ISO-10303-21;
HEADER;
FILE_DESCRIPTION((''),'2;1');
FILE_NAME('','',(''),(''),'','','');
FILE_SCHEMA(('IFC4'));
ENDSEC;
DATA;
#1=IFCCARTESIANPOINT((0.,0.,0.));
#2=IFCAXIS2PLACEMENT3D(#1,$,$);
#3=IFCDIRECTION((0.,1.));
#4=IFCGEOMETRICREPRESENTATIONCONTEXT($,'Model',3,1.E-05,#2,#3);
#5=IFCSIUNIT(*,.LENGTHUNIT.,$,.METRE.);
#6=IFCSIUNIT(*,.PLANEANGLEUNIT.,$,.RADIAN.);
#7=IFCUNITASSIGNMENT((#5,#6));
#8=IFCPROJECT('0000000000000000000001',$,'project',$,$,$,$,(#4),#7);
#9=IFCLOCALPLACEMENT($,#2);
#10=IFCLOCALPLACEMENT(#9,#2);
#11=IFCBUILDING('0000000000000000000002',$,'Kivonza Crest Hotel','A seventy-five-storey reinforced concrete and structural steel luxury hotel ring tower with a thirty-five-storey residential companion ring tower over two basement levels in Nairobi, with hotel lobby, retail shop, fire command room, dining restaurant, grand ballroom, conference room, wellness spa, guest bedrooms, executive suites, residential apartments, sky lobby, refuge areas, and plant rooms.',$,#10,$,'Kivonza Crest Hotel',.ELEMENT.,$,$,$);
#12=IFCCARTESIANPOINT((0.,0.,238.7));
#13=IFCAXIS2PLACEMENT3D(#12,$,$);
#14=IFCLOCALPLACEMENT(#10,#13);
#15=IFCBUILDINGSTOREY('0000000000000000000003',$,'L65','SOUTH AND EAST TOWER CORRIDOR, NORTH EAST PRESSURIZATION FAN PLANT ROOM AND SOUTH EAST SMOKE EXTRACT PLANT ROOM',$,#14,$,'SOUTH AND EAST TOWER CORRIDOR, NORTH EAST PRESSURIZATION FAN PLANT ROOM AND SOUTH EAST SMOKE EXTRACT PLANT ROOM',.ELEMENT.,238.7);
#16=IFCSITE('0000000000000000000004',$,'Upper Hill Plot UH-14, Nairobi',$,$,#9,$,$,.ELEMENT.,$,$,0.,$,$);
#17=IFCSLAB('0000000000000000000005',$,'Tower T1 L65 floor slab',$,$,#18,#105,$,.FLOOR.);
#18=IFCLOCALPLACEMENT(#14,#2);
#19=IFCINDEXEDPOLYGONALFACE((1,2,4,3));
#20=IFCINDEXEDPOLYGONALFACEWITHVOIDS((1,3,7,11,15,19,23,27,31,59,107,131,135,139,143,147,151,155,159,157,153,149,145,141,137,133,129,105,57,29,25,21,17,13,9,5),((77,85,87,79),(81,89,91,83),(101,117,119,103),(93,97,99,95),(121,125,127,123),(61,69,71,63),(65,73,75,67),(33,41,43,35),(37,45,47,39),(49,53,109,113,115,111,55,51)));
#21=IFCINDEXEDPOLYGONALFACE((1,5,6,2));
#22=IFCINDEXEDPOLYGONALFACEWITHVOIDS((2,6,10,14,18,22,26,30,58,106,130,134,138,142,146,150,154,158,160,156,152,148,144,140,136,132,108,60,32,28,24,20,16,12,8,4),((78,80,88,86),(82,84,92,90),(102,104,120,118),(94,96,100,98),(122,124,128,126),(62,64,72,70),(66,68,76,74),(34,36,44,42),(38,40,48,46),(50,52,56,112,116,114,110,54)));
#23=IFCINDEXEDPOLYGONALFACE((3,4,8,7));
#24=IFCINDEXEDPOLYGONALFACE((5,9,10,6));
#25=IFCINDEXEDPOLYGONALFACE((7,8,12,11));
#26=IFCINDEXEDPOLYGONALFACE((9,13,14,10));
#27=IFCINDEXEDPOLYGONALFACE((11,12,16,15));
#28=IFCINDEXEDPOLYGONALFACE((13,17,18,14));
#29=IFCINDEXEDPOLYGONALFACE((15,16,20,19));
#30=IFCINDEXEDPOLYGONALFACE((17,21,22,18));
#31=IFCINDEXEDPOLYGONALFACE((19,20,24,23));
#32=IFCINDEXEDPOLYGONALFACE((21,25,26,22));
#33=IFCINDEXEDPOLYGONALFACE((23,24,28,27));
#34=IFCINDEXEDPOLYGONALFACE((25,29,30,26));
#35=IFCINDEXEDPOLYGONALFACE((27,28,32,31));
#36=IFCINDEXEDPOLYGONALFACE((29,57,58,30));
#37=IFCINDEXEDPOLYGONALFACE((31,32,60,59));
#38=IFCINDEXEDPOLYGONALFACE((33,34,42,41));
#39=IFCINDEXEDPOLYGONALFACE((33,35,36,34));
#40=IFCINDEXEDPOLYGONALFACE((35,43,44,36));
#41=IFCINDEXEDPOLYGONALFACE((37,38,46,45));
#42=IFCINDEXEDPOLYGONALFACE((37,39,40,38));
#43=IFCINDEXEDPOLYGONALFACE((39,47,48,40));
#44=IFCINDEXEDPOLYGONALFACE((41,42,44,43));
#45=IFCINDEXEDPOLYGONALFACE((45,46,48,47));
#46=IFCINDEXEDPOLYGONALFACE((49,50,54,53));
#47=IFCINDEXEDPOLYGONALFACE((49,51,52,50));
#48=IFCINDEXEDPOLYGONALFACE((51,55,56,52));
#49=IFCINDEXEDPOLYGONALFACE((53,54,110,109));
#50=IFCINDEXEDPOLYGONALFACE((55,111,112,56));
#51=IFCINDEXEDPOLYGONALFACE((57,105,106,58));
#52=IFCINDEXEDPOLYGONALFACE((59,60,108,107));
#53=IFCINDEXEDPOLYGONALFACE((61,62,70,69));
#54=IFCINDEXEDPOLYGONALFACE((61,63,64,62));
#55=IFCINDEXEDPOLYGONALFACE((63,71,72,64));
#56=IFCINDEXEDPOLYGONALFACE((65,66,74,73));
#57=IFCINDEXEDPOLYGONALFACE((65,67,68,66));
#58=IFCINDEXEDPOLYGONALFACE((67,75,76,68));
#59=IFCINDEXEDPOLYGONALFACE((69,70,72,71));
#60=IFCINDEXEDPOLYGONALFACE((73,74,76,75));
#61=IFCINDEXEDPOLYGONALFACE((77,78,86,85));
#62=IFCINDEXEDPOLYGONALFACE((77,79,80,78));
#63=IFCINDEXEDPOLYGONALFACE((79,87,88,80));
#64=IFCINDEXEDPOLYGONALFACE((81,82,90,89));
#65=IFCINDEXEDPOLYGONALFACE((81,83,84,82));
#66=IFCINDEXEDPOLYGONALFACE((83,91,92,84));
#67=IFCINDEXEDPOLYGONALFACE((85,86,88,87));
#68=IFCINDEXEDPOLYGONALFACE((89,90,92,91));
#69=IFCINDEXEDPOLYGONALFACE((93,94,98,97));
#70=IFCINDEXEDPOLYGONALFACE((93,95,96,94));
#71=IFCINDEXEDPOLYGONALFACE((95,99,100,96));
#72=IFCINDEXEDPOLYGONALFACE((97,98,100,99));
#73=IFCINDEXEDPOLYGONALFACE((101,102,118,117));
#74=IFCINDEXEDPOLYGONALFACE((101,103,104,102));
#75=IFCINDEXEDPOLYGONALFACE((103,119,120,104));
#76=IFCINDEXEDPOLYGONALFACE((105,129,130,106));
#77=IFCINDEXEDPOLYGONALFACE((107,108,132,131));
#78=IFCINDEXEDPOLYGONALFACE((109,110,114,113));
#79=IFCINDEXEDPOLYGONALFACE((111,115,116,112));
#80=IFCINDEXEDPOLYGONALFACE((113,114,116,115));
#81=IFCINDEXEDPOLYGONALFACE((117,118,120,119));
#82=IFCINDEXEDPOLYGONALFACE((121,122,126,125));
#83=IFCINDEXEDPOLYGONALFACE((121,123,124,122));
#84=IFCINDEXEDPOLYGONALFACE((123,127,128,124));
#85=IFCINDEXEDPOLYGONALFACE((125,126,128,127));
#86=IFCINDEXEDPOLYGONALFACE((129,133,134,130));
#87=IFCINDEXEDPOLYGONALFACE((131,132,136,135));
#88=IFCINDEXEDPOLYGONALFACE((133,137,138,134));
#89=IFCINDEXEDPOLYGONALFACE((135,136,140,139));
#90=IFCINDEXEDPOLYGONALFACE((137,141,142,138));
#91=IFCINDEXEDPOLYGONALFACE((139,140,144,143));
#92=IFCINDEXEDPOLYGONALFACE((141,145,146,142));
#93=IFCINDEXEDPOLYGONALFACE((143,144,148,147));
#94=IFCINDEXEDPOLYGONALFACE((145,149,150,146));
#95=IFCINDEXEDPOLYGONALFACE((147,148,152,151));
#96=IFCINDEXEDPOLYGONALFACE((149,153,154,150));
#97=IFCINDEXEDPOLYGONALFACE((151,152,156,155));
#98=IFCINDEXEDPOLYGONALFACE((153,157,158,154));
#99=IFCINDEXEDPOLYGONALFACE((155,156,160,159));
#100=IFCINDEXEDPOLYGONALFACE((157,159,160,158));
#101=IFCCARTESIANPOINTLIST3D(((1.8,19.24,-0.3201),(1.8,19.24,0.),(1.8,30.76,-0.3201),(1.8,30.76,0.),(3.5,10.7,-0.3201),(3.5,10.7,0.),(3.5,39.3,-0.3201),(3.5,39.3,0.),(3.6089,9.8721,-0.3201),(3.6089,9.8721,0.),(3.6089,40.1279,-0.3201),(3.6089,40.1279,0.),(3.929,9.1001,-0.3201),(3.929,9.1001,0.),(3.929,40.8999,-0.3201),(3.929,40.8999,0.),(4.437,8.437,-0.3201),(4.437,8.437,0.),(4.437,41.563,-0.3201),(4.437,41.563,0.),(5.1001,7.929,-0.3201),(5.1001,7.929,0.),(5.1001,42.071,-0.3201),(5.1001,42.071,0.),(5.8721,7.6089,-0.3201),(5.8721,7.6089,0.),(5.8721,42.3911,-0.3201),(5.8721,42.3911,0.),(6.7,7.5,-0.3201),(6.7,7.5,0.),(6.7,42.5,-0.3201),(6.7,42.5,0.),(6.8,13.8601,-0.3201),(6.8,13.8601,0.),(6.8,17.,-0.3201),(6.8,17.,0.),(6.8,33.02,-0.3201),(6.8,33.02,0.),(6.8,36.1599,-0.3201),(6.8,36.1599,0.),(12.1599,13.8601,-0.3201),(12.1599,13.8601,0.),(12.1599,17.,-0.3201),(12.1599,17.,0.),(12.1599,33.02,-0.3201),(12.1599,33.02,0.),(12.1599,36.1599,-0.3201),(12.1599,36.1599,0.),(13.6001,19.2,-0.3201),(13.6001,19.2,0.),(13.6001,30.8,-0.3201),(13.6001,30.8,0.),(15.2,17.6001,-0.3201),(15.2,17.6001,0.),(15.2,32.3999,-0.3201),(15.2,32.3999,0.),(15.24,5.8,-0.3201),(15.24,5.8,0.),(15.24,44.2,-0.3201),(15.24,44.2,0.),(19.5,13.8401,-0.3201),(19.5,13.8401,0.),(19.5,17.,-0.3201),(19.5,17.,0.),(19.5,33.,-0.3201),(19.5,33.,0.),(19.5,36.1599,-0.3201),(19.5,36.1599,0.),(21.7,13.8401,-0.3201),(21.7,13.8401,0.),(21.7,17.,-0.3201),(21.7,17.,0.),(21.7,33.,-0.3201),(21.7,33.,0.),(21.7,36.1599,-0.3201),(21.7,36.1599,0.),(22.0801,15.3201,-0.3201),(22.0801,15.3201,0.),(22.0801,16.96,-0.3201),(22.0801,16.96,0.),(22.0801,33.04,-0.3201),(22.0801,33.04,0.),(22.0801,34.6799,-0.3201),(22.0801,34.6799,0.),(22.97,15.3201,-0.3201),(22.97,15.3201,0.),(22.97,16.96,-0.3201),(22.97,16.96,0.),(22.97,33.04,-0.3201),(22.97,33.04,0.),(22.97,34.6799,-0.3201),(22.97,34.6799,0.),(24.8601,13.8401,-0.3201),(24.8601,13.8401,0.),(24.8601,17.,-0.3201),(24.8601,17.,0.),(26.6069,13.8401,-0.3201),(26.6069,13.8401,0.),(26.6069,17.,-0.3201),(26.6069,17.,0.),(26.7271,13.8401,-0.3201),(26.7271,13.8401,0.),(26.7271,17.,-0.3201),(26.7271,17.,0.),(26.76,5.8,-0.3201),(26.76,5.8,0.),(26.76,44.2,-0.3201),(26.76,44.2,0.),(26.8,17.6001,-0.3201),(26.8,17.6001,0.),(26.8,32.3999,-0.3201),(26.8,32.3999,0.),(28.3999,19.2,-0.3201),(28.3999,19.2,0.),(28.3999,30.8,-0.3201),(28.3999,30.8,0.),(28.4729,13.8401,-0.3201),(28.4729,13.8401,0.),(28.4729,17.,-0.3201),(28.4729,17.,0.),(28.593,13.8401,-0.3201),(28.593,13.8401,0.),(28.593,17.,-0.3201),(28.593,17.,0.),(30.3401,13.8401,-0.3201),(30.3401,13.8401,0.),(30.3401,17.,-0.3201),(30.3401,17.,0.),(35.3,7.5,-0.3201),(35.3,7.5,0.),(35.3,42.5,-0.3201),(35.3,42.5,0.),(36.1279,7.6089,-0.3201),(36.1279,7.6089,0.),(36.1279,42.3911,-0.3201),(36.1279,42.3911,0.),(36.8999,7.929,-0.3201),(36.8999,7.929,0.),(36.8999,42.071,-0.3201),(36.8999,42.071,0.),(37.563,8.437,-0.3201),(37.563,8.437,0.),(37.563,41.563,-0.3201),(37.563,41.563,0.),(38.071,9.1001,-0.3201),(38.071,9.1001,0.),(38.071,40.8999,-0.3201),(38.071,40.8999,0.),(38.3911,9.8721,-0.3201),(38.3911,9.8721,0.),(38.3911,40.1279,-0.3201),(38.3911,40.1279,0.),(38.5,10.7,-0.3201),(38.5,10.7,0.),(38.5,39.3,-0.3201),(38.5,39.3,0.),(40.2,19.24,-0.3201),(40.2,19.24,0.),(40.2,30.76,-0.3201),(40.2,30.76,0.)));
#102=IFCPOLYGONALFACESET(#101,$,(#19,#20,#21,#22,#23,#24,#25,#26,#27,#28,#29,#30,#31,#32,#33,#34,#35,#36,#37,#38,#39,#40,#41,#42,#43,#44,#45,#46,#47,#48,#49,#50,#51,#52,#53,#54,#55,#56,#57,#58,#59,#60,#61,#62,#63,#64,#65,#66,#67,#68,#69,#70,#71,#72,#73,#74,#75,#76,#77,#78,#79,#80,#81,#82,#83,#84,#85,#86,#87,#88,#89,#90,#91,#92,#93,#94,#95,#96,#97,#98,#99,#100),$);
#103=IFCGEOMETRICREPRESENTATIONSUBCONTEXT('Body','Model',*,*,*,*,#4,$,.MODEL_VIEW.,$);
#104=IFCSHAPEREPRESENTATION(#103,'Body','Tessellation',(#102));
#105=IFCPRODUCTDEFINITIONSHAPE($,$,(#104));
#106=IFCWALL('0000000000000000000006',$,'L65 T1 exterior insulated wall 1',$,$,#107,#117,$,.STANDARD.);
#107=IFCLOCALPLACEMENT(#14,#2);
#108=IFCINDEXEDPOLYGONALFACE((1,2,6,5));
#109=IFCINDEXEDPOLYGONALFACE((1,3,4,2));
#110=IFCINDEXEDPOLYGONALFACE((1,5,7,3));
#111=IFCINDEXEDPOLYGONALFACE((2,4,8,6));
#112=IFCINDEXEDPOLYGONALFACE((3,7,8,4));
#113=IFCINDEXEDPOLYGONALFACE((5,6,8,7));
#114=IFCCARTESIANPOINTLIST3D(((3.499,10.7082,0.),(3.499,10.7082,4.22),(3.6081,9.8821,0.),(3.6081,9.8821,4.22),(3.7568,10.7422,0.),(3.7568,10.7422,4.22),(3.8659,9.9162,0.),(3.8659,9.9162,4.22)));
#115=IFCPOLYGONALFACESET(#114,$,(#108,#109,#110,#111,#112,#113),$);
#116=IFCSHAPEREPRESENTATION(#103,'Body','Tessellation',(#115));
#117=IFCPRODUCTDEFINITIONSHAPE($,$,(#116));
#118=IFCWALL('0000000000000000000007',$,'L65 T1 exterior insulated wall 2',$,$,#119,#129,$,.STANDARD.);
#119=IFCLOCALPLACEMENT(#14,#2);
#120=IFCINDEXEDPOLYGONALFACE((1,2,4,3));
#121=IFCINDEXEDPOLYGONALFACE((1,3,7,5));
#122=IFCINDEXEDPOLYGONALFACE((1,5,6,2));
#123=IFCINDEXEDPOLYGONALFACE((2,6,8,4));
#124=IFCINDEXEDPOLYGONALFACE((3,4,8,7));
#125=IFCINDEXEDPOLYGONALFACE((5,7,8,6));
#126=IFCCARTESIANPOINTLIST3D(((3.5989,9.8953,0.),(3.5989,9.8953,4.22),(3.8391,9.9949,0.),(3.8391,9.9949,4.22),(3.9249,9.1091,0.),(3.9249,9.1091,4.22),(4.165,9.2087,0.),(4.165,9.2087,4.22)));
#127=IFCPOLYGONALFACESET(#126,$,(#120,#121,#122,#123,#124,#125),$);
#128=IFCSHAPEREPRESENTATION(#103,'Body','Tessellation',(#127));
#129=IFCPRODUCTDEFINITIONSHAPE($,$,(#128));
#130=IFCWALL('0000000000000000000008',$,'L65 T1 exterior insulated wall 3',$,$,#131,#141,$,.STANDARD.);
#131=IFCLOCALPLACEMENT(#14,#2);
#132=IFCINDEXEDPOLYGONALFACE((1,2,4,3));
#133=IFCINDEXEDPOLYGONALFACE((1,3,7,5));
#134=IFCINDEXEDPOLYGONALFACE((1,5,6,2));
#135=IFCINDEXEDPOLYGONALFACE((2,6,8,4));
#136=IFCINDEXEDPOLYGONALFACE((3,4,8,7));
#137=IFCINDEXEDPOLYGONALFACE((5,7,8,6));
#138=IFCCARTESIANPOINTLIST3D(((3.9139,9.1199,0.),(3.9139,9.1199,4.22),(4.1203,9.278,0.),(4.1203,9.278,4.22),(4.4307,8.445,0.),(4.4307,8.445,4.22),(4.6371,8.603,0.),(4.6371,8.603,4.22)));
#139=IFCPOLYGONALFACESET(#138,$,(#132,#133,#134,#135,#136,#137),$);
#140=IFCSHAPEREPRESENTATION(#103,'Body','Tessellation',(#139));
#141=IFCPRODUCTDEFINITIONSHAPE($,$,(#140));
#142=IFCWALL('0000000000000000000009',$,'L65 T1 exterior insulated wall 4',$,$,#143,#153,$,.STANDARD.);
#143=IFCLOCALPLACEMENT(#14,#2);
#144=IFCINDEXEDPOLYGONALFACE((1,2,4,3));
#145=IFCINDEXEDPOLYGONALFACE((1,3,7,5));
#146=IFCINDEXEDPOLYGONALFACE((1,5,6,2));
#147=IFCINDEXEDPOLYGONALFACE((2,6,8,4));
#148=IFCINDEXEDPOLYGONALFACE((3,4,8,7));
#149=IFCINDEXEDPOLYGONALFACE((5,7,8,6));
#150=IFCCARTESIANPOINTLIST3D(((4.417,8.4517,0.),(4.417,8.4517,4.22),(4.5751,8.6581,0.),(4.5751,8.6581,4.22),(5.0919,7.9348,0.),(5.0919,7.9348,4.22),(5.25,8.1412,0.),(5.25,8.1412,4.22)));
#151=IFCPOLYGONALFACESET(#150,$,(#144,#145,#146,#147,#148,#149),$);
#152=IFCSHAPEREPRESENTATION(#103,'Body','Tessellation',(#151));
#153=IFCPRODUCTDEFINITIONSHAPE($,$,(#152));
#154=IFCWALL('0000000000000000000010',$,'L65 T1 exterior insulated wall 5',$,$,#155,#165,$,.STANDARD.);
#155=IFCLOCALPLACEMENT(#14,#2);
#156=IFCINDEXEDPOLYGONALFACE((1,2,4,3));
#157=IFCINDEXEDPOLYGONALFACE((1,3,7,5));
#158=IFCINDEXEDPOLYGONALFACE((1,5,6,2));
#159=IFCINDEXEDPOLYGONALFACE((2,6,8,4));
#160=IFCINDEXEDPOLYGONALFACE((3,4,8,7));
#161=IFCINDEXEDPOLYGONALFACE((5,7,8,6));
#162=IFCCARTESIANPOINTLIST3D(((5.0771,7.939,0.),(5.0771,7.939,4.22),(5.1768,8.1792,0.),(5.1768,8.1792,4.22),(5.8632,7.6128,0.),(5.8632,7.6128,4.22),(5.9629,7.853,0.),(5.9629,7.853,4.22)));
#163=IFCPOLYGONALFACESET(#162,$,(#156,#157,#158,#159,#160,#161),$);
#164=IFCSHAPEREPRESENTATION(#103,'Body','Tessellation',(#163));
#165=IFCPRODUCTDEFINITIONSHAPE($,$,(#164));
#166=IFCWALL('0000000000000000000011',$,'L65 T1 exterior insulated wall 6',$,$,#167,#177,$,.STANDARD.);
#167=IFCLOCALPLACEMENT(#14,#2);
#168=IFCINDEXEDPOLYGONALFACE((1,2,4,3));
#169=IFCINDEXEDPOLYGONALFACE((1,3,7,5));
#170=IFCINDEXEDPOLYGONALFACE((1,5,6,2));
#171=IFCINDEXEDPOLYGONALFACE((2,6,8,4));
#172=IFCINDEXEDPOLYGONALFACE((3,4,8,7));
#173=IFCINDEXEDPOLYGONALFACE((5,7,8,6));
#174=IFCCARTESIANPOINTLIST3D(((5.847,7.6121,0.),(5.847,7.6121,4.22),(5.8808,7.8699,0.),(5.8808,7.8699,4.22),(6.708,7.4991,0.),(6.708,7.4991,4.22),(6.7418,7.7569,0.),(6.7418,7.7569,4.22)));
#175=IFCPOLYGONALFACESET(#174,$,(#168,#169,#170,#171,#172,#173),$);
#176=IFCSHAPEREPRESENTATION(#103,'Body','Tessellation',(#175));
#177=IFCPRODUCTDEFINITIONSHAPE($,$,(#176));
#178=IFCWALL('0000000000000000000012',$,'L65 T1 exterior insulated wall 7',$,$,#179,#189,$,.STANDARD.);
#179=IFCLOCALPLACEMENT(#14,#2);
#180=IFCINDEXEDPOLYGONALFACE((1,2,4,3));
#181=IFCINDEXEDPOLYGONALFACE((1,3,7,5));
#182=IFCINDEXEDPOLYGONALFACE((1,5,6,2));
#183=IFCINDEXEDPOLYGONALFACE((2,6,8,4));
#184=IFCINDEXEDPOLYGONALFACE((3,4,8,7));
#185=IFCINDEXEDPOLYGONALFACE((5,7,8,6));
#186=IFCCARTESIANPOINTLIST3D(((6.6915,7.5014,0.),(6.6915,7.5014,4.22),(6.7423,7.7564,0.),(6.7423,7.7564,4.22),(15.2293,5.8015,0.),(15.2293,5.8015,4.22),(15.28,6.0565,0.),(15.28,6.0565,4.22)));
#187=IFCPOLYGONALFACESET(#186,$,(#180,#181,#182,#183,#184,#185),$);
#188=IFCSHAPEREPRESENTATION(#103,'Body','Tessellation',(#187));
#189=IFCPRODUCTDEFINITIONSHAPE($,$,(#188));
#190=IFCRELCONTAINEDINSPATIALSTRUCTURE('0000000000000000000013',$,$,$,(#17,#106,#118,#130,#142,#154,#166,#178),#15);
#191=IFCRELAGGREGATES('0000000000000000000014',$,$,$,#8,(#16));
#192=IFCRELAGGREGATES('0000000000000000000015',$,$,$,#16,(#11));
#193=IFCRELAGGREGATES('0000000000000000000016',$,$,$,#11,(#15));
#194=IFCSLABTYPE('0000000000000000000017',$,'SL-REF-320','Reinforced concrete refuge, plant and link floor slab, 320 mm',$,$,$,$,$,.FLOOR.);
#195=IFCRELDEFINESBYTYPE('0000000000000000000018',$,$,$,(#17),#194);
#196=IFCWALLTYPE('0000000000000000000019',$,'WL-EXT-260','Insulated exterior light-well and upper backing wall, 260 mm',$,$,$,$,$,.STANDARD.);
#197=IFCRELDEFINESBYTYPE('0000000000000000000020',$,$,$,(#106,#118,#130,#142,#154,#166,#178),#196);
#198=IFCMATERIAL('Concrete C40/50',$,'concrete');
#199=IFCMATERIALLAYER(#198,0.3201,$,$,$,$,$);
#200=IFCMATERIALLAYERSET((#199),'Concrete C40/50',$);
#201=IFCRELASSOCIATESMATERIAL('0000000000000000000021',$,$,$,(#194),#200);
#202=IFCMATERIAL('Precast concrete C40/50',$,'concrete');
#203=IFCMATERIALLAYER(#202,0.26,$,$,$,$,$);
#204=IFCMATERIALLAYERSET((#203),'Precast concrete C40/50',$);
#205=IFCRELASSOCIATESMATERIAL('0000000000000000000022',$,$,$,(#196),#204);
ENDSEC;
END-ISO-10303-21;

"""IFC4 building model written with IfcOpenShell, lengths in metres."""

from ifc_helpers import new_model, si_unit, direction, frame, frame_2d, origin, place, context, subcontext, project, spatial, polyline, rectangle, outline, extrude, material, layer, layer_set, type_object, element, save


model = new_model("IFC4")

# Units and contexts
model_context = context("Model", 3, precision=1e-05, world=origin(), true_north=direction((0.0, 1.0)))
body_context = subcontext(model_context, "Body", "Model", "MODEL_VIEW")
ifc_project = project(units=[si_unit("LENGTHUNIT", "METRE"), si_unit("PLANEANGLEUNIT", "RADIAN")], contexts=[model_context])

# Site, building, storey
site_placement = place(None, origin())
site = spatial("IfcSite", under=ifc_project, at=site_placement, Name="Upper Hill Plot UH-14, Nairobi", CompositionType="ELEMENT", RefElevation=0.0)
building_placement = place(site_placement, origin())
building = spatial("IfcBuilding", under=site, at=building_placement, Name="Kivonza Crest Hotel", Description="A seventy-five-storey reinforced concrete and structural steel luxury hotel ring tower with a thirty-five-storey residential companion ring tower over two basement levels in Nairobi, with hotel lobby, retail shop, fire command room, dining restaurant, grand ballroom, conference room, wellness spa, guest bedrooms, executive suites, residential apartments, sky lobby, refuge areas, and plant rooms.", LongName="Kivonza Crest Hotel", CompositionType="ELEMENT")
storey_placement = place(building_placement, frame((0.0, 0.0, 238.7)))
storey = spatial("IfcBuildingStorey", under=building, at=storey_placement, Name="L65", Description="SOUTH AND EAST TOWER CORRIDOR, NORTH EAST PRESSURIZATION FAN PLANT ROOM AND SOUTH EAST SMOKE EXTRACT PLANT ROOM", LongName="SOUTH AND EAST TOWER CORRIDOR, NORTH EAST PRESSURIZATION FAN PLANT ROOM AND SOUTH EAST SMOKE EXTRACT PLANT ROOM", CompositionType="ELEMENT", Elevation=238.7)

# Shared definitions
ifc_material_1 = material(Name="Concrete C40/50", Category="concrete")

# Slab
ifc_layer_1 = layer(ifc_material_1, 0.3201)
ifc_layer_set_1 = layer_set([ifc_layer_1], Name="Concrete C40/50")
slab_type_1 = type_object("IfcSlabType", Name="SL-REF-320", Description="Reinforced concrete refuge, plant and link floor slab, 320 mm", PredefinedType="FLOOR", material=ifc_layer_set_1)
slab_1_placement = place(storey_placement, frame((0.0, 0.0, -0.3201)))
element("IfcSlab", 1, at=slab_1_placement, inside=storey, type_object=slab_type_1, Name="Tower T1 L65 floor slab", PredefinedType="FLOOR", context=body_context, shape_type="SweptSolid", body=[
    extrude(outline(polyline([(3.5, 10.7), (3.6089, 9.8721), (3.929, 9.1001), (4.437, 8.437), (5.1001, 7.929), (5.8721, 7.6089), (6.7, 7.5), (15.24, 5.8), (26.76, 5.8), (35.3, 7.5), (36.1279, 7.6089), (36.8999, 7.929), (37.563, 8.437), (38.071, 9.1001), (38.3911, 9.8721), (38.5, 10.7), (40.2, 19.24), (40.2, 30.76), (38.5, 39.3), (38.3911, 40.1279), (38.071, 40.8999), (37.563, 41.563), (36.8999, 42.071), (36.1279, 42.3911), (35.3, 42.5), (26.76, 44.2), (15.24, 44.2), (6.7, 42.5), (5.8721, 42.3911), (5.1001, 42.071), (4.437, 41.563), (3.929, 40.8999), (3.6089, 40.1279), (3.5, 39.3), (1.8, 30.76), (1.8, 19.24), (3.5, 10.7)]), holes=[polyline([(15.2, 17.6001), (26.8, 17.6001), (28.3999, 19.2), (28.3999, 30.8), (26.8, 32.3999), (15.2, 32.3999), (13.6001, 30.8), (13.6001, 19.2), (15.2, 17.6001)]), polyline([(6.8, 33.02), (12.1599, 33.02), (12.1599, 36.1599), (6.8, 36.1599), (6.8, 33.02)]), polyline([(6.8, 13.8601), (12.1599, 13.8601), (12.1599, 17.0), (6.8, 17.0), (6.8, 13.8601)]), polyline([(22.0801, 33.04), (22.97, 33.04), (22.97, 34.6799), (22.0801, 34.6799), (22.0801, 33.04)]), polyline([(22.0801, 15.3201), (22.97, 15.3201), (22.97, 16.96), (22.0801, 16.96), (22.0801, 15.3201)]), polyline([(19.5, 33.0), (21.7, 33.0), (21.7, 36.1599), (19.5, 36.1599), (19.5, 33.0)]), polyline([(19.5, 13.8401), (21.7, 13.8401), (21.7, 17.0), (19.5, 17.0), (19.5, 13.8401)]), polyline([(24.8601, 13.8401), (26.6069, 13.8401), (26.6069, 17.0), (24.8601, 17.0), (24.8601, 13.8401)]), polyline([(26.7271, 13.8401), (28.4729, 13.8401), (28.4729, 17.0), (26.7271, 17.0), (26.7271, 13.8401)]), polyline([(28.593, 13.8401), (30.3401, 13.8401), (30.3401, 17.0), (28.593, 17.0), (28.593, 13.8401)])]), origin(), (0.0, 0.0, 1.0), 0.3201),
])

# Walls
ifc_material_2 = material(Name="Precast concrete C40/50", Category="concrete")
ifc_layer_2 = layer(ifc_material_2, 0.26)
ifc_layer_set_2 = layer_set([ifc_layer_2], Name="Precast concrete C40/50")
wall_type_1 = type_object("IfcWallType", Name="WL-EXT-260", Description="Insulated exterior light-well and upper backing wall, 260 mm", PredefinedType="STANDARD", material=ifc_layer_set_2)
wall_1_placement = place(storey_placement, frame((3.6279, 10.7251, 0.0), z_axis=(0.0, 0.0, 1.0), x_axis=(0.130955, -0.991388, 0.0)))
element("IfcWall", 2, at=wall_1_placement, inside=storey, type_object=wall_type_1, Name="L65 T1 exterior insulated wall 1", PredefinedType="STANDARD", context=body_context, shape_type="SweptSolid", body=[
    extrude(rectangle(XDim=0.8333, YDim=0.26, at=frame_2d((0.4165, 0.0))), origin(), (0.0, 0.0, 1.0), 4.22),
])
wall_2_placement = place(storey_placement, frame((3.719, 9.9451, 0.0), z_axis=(0.0, 0.0, 1.0), x_axis=(0.382985, -0.923754, 0.0)))
element("IfcWall", 3, at=wall_2_placement, inside=storey, type_object=wall_type_1, Name="L65 T1 exterior insulated wall 2", PredefinedType="STANDARD", context=body_context, shape_type="SweptSolid", body=[
    extrude(rectangle(XDim=0.8511, YDim=0.26, at=frame_2d((0.4255, 0.0))), origin(), (0.0, 0.0, 1.0), 4.22),
])
for number, where, z_axis, x_axis, name in (
    (4, (4.0171, 9.199, 0.0), (0.0, 0.0, 1.0), (0.607919, -0.793999, 0.0), "L65 T1 exterior insulated wall 3"),
    (5, (4.4961, 8.5549, 0.0), (0.0, 0.0, 1.0), (0.793893, -0.608058, 0.0), "L65 T1 exterior insulated wall 4"),
):
    element("IfcWall", number, at=place(storey_placement, frame(where, z_axis=z_axis, x_axis=x_axis)), inside=storey, type_object=wall_type_1, Name=name, PredefinedType="STANDARD", context=body_context, shape_type="SweptSolid", body=[
        extrude(rectangle(XDim=0.8501, YDim=0.26, at=frame_2d((0.425, 0.0))), origin(), (0.0, 0.0, 1.0), 4.22),
    ])
wall_3_placement = place(storey_placement, frame((5.127, 8.0591, 0.0), z_axis=(0.0, 0.0, 1.0), x_axis=(0.923653, -0.38323, 0.0)))
element("IfcWall", 6, at=wall_3_placement, inside=storey, type_object=wall_type_1, Name="L65 T1 exterior insulated wall 5", PredefinedType="STANDARD", context=body_context, shape_type="SweptSolid", body=[
    extrude(rectangle(XDim=0.8511, YDim=0.26, at=frame_2d((0.4255, 0.0))), origin(), (0.0, 0.0, 1.0), 4.22),
])
wall_4_placement = place(storey_placement, frame((5.864, 7.741, 0.0), z_axis=(0.0, 0.0, 1.0), x_axis=(0.991493, -0.130156, 0.0)))
element("IfcWall", 7, at=wall_4_placement, inside=storey, type_object=wall_type_1, Name="L65 T1 exterior insulated wall 6", PredefinedType="STANDARD", context=body_context, shape_type="SweptSolid", body=[
    extrude(rectangle(XDim=0.8684, YDim=0.26, at=frame_2d((0.4341, 0.0))), origin(), (0.0, 0.0, 1.0), 4.22),
])
wall_5_placement = place(storey_placement, frame((6.717, 7.6289, 0.0), z_axis=(0.0, 0.0, 1.0), x_axis=(0.980749, -0.195275, 0.0)))
element("IfcWall", 8, at=wall_5_placement, inside=storey, type_object=wall_type_1, Name="L65 T1 exterior insulated wall 7", PredefinedType="STANDARD", context=body_context, shape_type="SweptSolid", body=[
    extrude(rectangle(XDim=8.7053, YDim=0.26, at=frame_2d((4.3525, 0.0))), origin(), (0.0, 0.0, 1.0), 4.22),
])

save(model, "model.ifc")
